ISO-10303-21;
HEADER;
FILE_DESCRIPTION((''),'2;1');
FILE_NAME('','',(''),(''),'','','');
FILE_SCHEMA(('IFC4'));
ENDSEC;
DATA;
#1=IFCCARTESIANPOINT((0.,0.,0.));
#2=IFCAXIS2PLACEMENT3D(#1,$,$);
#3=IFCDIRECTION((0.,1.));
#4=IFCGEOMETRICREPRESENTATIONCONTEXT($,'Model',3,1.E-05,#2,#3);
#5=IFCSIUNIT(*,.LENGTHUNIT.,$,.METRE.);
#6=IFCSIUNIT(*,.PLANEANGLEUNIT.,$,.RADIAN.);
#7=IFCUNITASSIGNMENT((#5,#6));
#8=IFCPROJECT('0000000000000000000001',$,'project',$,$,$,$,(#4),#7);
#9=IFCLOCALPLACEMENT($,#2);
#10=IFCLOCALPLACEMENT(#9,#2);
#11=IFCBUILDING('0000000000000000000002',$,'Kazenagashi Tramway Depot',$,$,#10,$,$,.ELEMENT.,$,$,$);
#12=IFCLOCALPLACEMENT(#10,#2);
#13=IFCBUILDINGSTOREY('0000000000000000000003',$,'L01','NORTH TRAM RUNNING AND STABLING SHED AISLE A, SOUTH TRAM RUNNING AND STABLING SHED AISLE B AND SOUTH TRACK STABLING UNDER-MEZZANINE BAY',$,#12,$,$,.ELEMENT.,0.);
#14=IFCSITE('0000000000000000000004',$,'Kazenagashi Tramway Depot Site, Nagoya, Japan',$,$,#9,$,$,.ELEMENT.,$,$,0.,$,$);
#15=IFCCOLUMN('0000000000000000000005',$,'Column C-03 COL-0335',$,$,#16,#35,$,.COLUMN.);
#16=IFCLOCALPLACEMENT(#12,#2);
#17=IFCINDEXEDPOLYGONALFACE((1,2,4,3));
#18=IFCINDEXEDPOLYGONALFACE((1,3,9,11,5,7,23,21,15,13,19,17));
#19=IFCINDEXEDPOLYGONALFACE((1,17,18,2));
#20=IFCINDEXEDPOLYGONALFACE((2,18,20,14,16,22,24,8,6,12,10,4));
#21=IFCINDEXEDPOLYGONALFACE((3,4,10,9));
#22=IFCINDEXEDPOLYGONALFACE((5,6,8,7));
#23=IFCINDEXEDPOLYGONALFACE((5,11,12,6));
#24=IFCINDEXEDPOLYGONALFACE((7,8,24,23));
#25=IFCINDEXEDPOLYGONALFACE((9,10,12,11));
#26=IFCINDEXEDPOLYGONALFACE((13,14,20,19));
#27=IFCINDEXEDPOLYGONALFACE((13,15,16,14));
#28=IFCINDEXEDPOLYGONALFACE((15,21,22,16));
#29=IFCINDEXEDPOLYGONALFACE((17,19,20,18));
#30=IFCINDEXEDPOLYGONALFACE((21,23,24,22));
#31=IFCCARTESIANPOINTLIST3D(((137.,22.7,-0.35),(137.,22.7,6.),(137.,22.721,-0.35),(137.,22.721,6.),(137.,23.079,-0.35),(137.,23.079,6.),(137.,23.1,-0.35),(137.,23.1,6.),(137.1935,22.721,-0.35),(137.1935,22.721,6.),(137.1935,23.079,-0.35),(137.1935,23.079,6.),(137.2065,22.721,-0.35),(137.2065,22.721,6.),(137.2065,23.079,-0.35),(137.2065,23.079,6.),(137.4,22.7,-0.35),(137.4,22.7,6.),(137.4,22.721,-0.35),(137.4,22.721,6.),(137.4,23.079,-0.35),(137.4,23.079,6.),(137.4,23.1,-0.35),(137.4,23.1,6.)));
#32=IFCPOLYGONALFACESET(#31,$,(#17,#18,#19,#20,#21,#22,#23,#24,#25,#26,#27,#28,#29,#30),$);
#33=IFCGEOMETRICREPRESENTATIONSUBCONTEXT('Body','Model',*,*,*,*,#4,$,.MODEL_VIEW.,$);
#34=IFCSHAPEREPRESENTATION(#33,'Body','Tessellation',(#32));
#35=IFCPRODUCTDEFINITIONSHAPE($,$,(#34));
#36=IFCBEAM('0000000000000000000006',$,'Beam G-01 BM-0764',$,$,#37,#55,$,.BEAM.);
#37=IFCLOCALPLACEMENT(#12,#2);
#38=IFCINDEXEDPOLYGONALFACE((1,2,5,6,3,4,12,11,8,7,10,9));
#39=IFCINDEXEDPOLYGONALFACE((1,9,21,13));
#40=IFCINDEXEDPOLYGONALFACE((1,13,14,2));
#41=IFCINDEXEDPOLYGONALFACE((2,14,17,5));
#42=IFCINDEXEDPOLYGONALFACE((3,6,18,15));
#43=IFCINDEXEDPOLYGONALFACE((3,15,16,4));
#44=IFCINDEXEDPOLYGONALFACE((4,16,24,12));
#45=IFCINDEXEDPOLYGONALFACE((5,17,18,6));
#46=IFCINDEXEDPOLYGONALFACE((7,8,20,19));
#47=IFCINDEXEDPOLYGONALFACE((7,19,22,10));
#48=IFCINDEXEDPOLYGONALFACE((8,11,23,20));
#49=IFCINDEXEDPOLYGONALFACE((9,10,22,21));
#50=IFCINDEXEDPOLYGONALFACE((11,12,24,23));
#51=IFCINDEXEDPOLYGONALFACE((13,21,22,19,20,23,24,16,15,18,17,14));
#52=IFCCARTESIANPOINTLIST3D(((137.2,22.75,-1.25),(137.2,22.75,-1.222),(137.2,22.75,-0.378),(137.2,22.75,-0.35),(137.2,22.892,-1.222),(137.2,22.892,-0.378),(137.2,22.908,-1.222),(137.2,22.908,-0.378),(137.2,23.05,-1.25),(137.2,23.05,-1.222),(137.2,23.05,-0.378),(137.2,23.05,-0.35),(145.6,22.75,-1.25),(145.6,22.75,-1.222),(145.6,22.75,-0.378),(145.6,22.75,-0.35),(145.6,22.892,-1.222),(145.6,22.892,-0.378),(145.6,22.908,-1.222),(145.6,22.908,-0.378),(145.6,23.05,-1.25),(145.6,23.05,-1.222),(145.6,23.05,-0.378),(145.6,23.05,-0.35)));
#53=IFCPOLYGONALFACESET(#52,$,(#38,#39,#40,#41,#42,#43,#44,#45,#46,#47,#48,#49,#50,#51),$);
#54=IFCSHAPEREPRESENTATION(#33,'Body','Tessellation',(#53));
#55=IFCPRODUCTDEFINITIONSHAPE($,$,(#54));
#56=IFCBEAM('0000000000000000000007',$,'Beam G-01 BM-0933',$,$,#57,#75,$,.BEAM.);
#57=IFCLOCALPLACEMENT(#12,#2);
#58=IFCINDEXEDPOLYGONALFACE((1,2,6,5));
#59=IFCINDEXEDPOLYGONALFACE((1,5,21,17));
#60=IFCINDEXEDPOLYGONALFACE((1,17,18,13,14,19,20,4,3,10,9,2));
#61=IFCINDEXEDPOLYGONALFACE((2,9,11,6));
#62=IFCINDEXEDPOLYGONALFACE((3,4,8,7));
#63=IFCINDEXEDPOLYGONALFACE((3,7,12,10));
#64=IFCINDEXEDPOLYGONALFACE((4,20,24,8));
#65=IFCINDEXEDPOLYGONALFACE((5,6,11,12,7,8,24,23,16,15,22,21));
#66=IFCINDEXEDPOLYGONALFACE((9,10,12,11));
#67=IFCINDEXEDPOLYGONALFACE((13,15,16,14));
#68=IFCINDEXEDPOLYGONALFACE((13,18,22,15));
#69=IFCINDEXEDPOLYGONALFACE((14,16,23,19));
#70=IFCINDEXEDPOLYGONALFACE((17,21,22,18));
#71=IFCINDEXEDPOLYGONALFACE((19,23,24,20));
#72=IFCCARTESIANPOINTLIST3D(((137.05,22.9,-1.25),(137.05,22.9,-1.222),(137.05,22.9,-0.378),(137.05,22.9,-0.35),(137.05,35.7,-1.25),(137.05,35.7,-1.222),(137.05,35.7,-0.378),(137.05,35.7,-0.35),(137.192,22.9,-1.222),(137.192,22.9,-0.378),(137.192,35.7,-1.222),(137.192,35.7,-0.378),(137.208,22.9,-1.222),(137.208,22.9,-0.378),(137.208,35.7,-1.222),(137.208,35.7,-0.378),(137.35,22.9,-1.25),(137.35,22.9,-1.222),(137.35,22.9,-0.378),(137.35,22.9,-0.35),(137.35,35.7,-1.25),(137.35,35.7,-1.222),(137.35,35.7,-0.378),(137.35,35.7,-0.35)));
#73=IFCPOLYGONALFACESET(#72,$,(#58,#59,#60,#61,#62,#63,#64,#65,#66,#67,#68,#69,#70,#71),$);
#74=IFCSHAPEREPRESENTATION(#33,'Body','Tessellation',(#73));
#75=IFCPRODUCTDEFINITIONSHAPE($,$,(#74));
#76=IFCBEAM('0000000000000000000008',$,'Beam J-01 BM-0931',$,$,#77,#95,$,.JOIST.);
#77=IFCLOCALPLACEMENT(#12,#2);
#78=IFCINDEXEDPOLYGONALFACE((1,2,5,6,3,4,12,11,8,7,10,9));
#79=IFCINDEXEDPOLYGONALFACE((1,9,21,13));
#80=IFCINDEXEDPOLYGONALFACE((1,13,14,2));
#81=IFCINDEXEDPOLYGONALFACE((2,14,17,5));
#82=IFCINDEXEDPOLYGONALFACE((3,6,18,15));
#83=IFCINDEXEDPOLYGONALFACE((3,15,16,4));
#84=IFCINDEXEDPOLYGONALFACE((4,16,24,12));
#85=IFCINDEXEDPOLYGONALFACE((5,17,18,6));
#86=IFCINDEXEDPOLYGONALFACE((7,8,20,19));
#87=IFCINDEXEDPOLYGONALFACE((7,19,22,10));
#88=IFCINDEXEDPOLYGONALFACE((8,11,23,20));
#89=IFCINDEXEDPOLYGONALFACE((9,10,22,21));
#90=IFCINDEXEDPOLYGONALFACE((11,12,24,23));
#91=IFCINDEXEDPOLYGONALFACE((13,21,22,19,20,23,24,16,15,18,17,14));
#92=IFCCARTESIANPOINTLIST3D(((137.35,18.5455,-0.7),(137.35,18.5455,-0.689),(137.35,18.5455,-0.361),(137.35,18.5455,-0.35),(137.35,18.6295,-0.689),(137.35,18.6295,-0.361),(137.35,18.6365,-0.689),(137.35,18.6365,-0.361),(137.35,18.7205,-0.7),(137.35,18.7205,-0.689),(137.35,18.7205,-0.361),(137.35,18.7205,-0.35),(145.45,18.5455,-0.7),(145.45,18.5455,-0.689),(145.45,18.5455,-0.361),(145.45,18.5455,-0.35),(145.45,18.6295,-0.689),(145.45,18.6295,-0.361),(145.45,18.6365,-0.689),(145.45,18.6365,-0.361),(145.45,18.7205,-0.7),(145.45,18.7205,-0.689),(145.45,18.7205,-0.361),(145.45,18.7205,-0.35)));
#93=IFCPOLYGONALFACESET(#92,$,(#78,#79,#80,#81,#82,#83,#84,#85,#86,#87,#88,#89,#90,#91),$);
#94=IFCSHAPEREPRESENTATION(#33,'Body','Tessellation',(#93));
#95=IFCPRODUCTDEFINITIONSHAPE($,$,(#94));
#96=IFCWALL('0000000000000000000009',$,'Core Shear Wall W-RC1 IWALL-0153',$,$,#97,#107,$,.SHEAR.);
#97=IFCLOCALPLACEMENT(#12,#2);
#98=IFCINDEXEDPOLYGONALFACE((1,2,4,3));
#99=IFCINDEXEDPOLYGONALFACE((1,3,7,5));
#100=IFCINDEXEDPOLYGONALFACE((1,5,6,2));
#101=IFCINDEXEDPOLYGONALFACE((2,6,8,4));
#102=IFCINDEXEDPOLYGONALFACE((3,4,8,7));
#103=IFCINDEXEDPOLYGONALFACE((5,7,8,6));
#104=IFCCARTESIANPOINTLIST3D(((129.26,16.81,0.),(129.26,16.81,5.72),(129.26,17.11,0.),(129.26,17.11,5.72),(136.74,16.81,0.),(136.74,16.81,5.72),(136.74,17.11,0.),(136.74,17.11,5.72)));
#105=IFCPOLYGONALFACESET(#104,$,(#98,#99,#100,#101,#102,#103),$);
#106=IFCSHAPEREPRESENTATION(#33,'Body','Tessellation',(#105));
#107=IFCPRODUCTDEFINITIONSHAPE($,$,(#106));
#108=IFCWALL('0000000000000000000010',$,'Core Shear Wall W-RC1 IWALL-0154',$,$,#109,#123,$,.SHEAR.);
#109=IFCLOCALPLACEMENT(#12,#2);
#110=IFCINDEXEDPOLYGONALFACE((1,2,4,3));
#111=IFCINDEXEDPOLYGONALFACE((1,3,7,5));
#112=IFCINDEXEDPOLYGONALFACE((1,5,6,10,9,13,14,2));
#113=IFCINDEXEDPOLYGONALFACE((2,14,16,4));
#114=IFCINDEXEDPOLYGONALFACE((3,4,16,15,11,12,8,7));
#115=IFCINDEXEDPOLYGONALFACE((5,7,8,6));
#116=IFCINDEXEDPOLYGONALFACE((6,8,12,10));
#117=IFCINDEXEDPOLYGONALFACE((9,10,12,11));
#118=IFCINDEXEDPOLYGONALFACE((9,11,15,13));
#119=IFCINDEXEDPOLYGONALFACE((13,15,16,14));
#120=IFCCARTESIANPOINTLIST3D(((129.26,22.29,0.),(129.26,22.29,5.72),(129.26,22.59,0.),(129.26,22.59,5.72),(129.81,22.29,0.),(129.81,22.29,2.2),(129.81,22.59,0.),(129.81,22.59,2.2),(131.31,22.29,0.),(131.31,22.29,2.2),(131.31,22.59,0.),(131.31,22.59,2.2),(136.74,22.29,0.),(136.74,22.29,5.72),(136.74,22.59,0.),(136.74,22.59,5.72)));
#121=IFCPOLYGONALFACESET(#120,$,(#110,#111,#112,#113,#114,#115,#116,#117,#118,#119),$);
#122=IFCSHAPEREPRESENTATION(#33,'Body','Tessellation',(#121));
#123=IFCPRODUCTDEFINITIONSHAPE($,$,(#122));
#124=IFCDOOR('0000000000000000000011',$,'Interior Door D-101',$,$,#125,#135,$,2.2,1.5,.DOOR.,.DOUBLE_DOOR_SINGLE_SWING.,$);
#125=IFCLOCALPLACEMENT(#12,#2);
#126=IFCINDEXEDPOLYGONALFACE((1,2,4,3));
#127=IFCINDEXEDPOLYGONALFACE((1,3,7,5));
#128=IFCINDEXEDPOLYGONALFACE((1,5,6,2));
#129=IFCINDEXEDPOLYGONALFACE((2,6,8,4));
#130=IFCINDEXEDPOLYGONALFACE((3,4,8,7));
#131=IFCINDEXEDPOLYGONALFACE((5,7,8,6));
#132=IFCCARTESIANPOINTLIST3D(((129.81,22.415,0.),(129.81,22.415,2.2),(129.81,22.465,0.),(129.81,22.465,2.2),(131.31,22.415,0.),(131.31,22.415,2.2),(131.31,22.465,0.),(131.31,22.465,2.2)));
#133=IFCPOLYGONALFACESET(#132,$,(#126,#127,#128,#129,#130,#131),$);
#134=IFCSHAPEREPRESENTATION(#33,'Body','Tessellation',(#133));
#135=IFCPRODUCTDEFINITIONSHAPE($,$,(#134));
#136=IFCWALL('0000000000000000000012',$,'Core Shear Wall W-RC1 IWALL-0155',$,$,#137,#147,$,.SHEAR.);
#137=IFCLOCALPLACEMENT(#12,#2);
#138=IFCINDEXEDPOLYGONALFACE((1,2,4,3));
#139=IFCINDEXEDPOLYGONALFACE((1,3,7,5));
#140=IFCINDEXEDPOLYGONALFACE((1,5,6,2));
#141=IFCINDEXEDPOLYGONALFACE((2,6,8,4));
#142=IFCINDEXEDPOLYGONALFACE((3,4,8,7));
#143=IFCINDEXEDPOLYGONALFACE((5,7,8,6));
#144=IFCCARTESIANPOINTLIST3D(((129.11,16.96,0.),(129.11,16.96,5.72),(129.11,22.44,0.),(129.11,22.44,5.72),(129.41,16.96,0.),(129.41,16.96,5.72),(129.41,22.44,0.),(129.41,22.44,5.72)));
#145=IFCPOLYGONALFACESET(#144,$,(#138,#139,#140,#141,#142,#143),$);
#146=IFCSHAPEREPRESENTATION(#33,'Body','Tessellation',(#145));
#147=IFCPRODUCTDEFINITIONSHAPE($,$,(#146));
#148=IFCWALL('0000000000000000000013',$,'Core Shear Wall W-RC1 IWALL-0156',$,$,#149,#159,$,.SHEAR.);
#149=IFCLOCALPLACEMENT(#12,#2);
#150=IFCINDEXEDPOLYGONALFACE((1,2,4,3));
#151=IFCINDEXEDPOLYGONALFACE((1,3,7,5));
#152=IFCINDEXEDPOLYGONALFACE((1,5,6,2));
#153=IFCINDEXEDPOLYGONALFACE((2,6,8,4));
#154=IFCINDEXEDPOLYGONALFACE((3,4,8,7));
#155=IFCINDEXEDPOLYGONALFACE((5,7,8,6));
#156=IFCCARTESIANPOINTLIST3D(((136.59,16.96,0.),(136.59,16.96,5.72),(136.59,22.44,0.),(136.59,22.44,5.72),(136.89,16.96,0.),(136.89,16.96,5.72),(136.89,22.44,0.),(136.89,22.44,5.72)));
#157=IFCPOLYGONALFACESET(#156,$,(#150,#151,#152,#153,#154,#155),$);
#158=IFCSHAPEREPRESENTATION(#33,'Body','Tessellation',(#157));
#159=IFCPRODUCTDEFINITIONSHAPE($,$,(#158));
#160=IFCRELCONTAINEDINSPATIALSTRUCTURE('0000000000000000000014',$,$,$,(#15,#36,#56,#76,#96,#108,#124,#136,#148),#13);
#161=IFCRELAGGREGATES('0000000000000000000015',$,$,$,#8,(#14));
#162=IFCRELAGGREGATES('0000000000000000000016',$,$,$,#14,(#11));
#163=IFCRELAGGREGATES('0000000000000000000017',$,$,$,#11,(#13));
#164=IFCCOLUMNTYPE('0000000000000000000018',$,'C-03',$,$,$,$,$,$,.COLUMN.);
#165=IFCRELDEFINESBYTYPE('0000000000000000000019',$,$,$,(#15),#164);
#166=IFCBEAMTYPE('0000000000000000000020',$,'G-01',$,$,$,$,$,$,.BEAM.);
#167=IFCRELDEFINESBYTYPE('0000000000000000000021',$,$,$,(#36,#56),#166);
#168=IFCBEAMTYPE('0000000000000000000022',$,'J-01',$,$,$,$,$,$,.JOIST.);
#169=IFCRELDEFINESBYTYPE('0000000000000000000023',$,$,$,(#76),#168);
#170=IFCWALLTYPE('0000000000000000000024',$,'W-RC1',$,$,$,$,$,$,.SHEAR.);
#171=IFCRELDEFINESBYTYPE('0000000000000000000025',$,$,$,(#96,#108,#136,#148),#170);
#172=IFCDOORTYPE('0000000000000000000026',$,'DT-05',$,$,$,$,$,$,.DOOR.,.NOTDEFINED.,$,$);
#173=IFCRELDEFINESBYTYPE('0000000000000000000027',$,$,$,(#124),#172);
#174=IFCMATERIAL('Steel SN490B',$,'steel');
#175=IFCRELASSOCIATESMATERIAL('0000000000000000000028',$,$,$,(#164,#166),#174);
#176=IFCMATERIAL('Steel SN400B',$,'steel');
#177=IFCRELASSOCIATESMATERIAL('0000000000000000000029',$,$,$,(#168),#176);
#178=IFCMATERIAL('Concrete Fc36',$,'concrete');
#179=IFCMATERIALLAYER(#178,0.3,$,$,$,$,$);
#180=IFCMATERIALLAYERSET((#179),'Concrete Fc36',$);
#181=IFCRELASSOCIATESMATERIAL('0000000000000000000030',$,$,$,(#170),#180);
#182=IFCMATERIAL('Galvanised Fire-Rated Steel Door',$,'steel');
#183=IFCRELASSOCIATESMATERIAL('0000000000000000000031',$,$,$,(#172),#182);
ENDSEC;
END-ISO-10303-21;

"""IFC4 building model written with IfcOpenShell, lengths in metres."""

from ifc_helpers import new_model, si_unit, direction, frame, frame_2d, origin, origin_2d, place, context, subcontext, project, spatial, rectangle, i_section, extrude, material, layer, layer_set, material_profile, profile_set, type_object, element, fill, save


model = new_model("IFC4")

# Units and contexts
model_context = context("Model", 3, precision=1e-05, world=origin(), true_north=direction((0.0, 1.0)))
body_context = subcontext(model_context, "Body", "Model", "MODEL_VIEW")
ifc_project = project(units=[si_unit("LENGTHUNIT", "METRE"), si_unit("PLANEANGLEUNIT", "RADIAN")], contexts=[model_context])

# Site, building, storey
site_placement = place(None, origin())
site = spatial("IfcSite", under=ifc_project, at=site_placement, Name="Kazenagashi Tramway Depot Site, Nagoya, Japan", CompositionType="ELEMENT", RefElevation=0.0)
building_placement = place(site_placement, origin())
building = spatial("IfcBuilding", under=site, at=building_placement, Name="Kazenagashi Tramway Depot", CompositionType="ELEMENT")
storey_placement = place(building_placement, origin())
storey = spatial("IfcBuildingStorey", under=building, at=storey_placement, Name="L01", Description="NORTH TRAM RUNNING AND STABLING SHED AISLE A, SOUTH TRAM RUNNING AND STABLING SHED AISLE B AND SOUTH TRACK STABLING UNDER-MEZZANINE BAY", CompositionType="ELEMENT", Elevation=0.0)

# Column
ifc_material_1 = material(Name="Steel SN490B", Category="steel")
ifc_material_profile_1 = material_profile(ifc_material_1, i_section(OverallWidth=0.4, OverallDepth=0.4, WebThickness=0.013, FlangeThickness=0.021, at=origin_2d()), Name="H-400x400x13x21")
ifc_profile_set_1 = profile_set([ifc_material_profile_1], Name="Steel SN490B")
column_type = type_object("IfcColumnType", Name="C-03", PredefinedType="COLUMN", material=ifc_profile_set_1)
column_placement = place(storey_placement, frame((137.2, 22.9, -0.35), z_axis=(0.0, 0.0, 1.0), x_axis=(1.0, 0.0, 0.0)))
element("IfcColumn", 1, at=column_placement, inside=storey, type_object=column_type, Name="Column C-03 COL-0335", PredefinedType="COLUMN", context=body_context, shape_type="SweptSolid", body=[
    extrude(i_section(OverallWidth=0.4, OverallDepth=0.4, WebThickness=0.013, FlangeThickness=0.021, at=origin_2d()), origin(), (0.0, 0.0, 1.0), 6.35),
])

# Beams
ifc_material_profile_2 = material_profile(ifc_material_1, i_section(OverallWidth=0.3, OverallDepth=0.9, WebThickness=0.016, FlangeThickness=0.028, at=origin_2d()), Name="H-900x300x16x28")
ifc_profile_set_2 = profile_set([ifc_material_profile_2], Name="Steel SN490B")
beam_type_1 = type_object("IfcBeamType", Name="G-01", PredefinedType="BEAM", material=ifc_profile_set_2)
beam_1_placement = place(storey_placement, frame((137.2, 22.9, -0.8), z_axis=(1.0, 0.0, 0.0), x_axis=(0.0, 1.0, 0.0)))
element("IfcBeam", 2, at=beam_1_placement, inside=storey, type_object=beam_type_1, Name="Beam G-01 BM-0764", PredefinedType="BEAM", context=body_context, shape_type="SweptSolid", body=[
    extrude(i_section(OverallWidth=0.3, OverallDepth=0.9, WebThickness=0.016, FlangeThickness=0.028, at=origin_2d()), origin(), (0.0, 0.0, 1.0), 8.4),
])
beam_2_placement = place(storey_placement, frame((137.2, 22.9, -0.8), z_axis=(0.0, 1.0, 0.0), x_axis=(-1.0, 0.0, 0.0)))
element("IfcBeam", 3, at=beam_2_placement, inside=storey, type_object=beam_type_1, Name="Beam G-01 BM-0933", PredefinedType="BEAM", context=body_context, shape_type="SweptSolid", body=[
    extrude(i_section(OverallWidth=0.3, OverallDepth=0.9, WebThickness=0.016, FlangeThickness=0.028, at=origin_2d()), origin(), (0.0, 0.0, 1.0), 12.8),
])
ifc_material_2 = material(Name="Steel SN400B", Category="steel")
ifc_material_profile_3 = material_profile(ifc_material_2, i_section(OverallWidth=0.175, OverallDepth=0.35, WebThickness=0.007, FlangeThickness=0.011, at=origin_2d()), Name="H-350x175x7x11")
ifc_profile_set_3 = profile_set([ifc_material_profile_3], Name="Steel SN400B")
beam_type_2 = type_object("IfcBeamType", Name="J-01", PredefinedType="JOIST", material=ifc_profile_set_3)
beam_3_placement = place(storey_placement, frame((137.35, 18.633, -0.525), z_axis=(1.0, 0.0, 0.0), x_axis=(0.0, 1.0, 0.0)))
element("IfcBeam", 4, at=beam_3_placement, inside=storey, type_object=beam_type_2, Name="Beam J-01 BM-0931", PredefinedType="JOIST", context=body_context, shape_type="SweptSolid", body=[
    extrude(i_section(OverallWidth=0.175, OverallDepth=0.35, WebThickness=0.007, FlangeThickness=0.011, at=origin_2d()), origin(), (0.0, 0.0, 1.0), 8.1),
])

# Wall
ifc_material_3 = material(Name="Concrete Fc36", Category="concrete")
ifc_layer_1 = layer(ifc_material_3, 0.3)
ifc_layer_set_1 = layer_set([ifc_layer_1], Name="Concrete Fc36")
wall_type = type_object("IfcWallType", Name="W-RC1", PredefinedType="SHEAR", material=ifc_layer_set_1)
wall_1_placement = place(storey_placement, frame((129.26, 16.96, 0.0), z_axis=(0.0, 0.0, 1.0), x_axis=(1.0, 0.0, 0.0)))
element("IfcWall", 5, at=wall_1_placement, inside=storey, type_object=wall_type, Name="Core Shear Wall W-RC1 IWALL-0153", PredefinedType="SHEAR", context=body_context, shape_type="SweptSolid", body=[
    extrude(rectangle(XDim=7.48, YDim=0.3, at=frame_2d((3.74, 0.0))), origin(), (0.0, 0.0, 1.0), 5.72),
])

# Wall, opening, door
wall_2_placement = place(storey_placement, frame((129.26, 22.44, 0.0), z_axis=(0.0, 0.0, 1.0), x_axis=(1.0, 0.0, 0.0)))
wall_2 = element("IfcWall", 6, at=wall_2_placement, inside=storey, type_object=wall_type, Name="Core Shear Wall W-RC1 IWALL-0154", PredefinedType="SHEAR", context=body_context, shape_type="SweptSolid", body=[
    extrude(rectangle(XDim=7.48, YDim=0.3, at=frame_2d((3.74, 0.0))), origin(), (0.0, 0.0, 1.0), 5.72),
])
opening_1_placement = place(wall_2_placement, frame((0.55, 0.0, 0.0)))
opening_1 = element("IfcOpeningElement", 7, at=opening_1_placement, cuts=wall_2, PredefinedType="OPENING", context=body_context, shape_type="SweptSolid", body=[
    extrude(rectangle(XDim=1.5, YDim=2.2, at=frame_2d((0.75, 1.1))), frame((0.0, 0.16, 0.0), z_axis=(0.0, -1.0, 0.0), x_axis=(1.0, 0.0, 0.0)), (0.0, 0.0, 1.0), 0.32),
])
ifc_material_4 = material(Name="Galvanised Fire-Rated Steel Door", Category="steel")
door_type_1 = type_object("IfcDoorType", Name="DT-05", OperationType="NOTDEFINED", PredefinedType="DOOR", material=ifc_material_4)
door_1_placement = place(opening_1_placement, origin())
door_1 = element("IfcDoor", 8, at=door_1_placement, inside=storey, type_object=door_type_1, Name="Interior Door D-101", OperationType="DOUBLE_DOOR_SINGLE_SWING", OverallHeight=2.2, OverallWidth=1.5, PredefinedType="DOOR", context=body_context, shape_type="SweptSolid", body=[
    extrude(rectangle(XDim=1.5, YDim=2.2, at=frame_2d((0.75, 1.1))), frame((0.0, 0.025, 0.0), z_axis=(0.0, -1.0, 0.0), x_axis=(1.0, 0.0, 0.0)), (0.0, 0.0, 1.0), 0.05),
])
fill(opening_1, door_1)

# Walls
for number, where, z_axis, x_axis, name in (
    (9, (129.26, 16.96, 0.0), (0.0, 0.0, 1.0), (0.0, 1.0, 0.0), "Core Shear Wall W-RC1 IWALL-0155"),
    (10, (136.74, 16.96, 0.0), (0.0, 0.0, 1.0), (0.0, 1.0, 0.0), "Core Shear Wall W-RC1 IWALL-0156"),
):
    element("IfcWall", number, at=place(storey_placement, frame(where, z_axis=z_axis, x_axis=x_axis)), inside=storey, type_object=wall_type, Name=name, PredefinedType="SHEAR", context=body_context, shape_type="SweptSolid", body=[
        extrude(rectangle(XDim=5.48, YDim=0.3, at=frame_2d((2.74, 0.0))), origin(), (0.0, 0.0, 1.0), 5.72),
    ])

save(model, "model.ifc")
